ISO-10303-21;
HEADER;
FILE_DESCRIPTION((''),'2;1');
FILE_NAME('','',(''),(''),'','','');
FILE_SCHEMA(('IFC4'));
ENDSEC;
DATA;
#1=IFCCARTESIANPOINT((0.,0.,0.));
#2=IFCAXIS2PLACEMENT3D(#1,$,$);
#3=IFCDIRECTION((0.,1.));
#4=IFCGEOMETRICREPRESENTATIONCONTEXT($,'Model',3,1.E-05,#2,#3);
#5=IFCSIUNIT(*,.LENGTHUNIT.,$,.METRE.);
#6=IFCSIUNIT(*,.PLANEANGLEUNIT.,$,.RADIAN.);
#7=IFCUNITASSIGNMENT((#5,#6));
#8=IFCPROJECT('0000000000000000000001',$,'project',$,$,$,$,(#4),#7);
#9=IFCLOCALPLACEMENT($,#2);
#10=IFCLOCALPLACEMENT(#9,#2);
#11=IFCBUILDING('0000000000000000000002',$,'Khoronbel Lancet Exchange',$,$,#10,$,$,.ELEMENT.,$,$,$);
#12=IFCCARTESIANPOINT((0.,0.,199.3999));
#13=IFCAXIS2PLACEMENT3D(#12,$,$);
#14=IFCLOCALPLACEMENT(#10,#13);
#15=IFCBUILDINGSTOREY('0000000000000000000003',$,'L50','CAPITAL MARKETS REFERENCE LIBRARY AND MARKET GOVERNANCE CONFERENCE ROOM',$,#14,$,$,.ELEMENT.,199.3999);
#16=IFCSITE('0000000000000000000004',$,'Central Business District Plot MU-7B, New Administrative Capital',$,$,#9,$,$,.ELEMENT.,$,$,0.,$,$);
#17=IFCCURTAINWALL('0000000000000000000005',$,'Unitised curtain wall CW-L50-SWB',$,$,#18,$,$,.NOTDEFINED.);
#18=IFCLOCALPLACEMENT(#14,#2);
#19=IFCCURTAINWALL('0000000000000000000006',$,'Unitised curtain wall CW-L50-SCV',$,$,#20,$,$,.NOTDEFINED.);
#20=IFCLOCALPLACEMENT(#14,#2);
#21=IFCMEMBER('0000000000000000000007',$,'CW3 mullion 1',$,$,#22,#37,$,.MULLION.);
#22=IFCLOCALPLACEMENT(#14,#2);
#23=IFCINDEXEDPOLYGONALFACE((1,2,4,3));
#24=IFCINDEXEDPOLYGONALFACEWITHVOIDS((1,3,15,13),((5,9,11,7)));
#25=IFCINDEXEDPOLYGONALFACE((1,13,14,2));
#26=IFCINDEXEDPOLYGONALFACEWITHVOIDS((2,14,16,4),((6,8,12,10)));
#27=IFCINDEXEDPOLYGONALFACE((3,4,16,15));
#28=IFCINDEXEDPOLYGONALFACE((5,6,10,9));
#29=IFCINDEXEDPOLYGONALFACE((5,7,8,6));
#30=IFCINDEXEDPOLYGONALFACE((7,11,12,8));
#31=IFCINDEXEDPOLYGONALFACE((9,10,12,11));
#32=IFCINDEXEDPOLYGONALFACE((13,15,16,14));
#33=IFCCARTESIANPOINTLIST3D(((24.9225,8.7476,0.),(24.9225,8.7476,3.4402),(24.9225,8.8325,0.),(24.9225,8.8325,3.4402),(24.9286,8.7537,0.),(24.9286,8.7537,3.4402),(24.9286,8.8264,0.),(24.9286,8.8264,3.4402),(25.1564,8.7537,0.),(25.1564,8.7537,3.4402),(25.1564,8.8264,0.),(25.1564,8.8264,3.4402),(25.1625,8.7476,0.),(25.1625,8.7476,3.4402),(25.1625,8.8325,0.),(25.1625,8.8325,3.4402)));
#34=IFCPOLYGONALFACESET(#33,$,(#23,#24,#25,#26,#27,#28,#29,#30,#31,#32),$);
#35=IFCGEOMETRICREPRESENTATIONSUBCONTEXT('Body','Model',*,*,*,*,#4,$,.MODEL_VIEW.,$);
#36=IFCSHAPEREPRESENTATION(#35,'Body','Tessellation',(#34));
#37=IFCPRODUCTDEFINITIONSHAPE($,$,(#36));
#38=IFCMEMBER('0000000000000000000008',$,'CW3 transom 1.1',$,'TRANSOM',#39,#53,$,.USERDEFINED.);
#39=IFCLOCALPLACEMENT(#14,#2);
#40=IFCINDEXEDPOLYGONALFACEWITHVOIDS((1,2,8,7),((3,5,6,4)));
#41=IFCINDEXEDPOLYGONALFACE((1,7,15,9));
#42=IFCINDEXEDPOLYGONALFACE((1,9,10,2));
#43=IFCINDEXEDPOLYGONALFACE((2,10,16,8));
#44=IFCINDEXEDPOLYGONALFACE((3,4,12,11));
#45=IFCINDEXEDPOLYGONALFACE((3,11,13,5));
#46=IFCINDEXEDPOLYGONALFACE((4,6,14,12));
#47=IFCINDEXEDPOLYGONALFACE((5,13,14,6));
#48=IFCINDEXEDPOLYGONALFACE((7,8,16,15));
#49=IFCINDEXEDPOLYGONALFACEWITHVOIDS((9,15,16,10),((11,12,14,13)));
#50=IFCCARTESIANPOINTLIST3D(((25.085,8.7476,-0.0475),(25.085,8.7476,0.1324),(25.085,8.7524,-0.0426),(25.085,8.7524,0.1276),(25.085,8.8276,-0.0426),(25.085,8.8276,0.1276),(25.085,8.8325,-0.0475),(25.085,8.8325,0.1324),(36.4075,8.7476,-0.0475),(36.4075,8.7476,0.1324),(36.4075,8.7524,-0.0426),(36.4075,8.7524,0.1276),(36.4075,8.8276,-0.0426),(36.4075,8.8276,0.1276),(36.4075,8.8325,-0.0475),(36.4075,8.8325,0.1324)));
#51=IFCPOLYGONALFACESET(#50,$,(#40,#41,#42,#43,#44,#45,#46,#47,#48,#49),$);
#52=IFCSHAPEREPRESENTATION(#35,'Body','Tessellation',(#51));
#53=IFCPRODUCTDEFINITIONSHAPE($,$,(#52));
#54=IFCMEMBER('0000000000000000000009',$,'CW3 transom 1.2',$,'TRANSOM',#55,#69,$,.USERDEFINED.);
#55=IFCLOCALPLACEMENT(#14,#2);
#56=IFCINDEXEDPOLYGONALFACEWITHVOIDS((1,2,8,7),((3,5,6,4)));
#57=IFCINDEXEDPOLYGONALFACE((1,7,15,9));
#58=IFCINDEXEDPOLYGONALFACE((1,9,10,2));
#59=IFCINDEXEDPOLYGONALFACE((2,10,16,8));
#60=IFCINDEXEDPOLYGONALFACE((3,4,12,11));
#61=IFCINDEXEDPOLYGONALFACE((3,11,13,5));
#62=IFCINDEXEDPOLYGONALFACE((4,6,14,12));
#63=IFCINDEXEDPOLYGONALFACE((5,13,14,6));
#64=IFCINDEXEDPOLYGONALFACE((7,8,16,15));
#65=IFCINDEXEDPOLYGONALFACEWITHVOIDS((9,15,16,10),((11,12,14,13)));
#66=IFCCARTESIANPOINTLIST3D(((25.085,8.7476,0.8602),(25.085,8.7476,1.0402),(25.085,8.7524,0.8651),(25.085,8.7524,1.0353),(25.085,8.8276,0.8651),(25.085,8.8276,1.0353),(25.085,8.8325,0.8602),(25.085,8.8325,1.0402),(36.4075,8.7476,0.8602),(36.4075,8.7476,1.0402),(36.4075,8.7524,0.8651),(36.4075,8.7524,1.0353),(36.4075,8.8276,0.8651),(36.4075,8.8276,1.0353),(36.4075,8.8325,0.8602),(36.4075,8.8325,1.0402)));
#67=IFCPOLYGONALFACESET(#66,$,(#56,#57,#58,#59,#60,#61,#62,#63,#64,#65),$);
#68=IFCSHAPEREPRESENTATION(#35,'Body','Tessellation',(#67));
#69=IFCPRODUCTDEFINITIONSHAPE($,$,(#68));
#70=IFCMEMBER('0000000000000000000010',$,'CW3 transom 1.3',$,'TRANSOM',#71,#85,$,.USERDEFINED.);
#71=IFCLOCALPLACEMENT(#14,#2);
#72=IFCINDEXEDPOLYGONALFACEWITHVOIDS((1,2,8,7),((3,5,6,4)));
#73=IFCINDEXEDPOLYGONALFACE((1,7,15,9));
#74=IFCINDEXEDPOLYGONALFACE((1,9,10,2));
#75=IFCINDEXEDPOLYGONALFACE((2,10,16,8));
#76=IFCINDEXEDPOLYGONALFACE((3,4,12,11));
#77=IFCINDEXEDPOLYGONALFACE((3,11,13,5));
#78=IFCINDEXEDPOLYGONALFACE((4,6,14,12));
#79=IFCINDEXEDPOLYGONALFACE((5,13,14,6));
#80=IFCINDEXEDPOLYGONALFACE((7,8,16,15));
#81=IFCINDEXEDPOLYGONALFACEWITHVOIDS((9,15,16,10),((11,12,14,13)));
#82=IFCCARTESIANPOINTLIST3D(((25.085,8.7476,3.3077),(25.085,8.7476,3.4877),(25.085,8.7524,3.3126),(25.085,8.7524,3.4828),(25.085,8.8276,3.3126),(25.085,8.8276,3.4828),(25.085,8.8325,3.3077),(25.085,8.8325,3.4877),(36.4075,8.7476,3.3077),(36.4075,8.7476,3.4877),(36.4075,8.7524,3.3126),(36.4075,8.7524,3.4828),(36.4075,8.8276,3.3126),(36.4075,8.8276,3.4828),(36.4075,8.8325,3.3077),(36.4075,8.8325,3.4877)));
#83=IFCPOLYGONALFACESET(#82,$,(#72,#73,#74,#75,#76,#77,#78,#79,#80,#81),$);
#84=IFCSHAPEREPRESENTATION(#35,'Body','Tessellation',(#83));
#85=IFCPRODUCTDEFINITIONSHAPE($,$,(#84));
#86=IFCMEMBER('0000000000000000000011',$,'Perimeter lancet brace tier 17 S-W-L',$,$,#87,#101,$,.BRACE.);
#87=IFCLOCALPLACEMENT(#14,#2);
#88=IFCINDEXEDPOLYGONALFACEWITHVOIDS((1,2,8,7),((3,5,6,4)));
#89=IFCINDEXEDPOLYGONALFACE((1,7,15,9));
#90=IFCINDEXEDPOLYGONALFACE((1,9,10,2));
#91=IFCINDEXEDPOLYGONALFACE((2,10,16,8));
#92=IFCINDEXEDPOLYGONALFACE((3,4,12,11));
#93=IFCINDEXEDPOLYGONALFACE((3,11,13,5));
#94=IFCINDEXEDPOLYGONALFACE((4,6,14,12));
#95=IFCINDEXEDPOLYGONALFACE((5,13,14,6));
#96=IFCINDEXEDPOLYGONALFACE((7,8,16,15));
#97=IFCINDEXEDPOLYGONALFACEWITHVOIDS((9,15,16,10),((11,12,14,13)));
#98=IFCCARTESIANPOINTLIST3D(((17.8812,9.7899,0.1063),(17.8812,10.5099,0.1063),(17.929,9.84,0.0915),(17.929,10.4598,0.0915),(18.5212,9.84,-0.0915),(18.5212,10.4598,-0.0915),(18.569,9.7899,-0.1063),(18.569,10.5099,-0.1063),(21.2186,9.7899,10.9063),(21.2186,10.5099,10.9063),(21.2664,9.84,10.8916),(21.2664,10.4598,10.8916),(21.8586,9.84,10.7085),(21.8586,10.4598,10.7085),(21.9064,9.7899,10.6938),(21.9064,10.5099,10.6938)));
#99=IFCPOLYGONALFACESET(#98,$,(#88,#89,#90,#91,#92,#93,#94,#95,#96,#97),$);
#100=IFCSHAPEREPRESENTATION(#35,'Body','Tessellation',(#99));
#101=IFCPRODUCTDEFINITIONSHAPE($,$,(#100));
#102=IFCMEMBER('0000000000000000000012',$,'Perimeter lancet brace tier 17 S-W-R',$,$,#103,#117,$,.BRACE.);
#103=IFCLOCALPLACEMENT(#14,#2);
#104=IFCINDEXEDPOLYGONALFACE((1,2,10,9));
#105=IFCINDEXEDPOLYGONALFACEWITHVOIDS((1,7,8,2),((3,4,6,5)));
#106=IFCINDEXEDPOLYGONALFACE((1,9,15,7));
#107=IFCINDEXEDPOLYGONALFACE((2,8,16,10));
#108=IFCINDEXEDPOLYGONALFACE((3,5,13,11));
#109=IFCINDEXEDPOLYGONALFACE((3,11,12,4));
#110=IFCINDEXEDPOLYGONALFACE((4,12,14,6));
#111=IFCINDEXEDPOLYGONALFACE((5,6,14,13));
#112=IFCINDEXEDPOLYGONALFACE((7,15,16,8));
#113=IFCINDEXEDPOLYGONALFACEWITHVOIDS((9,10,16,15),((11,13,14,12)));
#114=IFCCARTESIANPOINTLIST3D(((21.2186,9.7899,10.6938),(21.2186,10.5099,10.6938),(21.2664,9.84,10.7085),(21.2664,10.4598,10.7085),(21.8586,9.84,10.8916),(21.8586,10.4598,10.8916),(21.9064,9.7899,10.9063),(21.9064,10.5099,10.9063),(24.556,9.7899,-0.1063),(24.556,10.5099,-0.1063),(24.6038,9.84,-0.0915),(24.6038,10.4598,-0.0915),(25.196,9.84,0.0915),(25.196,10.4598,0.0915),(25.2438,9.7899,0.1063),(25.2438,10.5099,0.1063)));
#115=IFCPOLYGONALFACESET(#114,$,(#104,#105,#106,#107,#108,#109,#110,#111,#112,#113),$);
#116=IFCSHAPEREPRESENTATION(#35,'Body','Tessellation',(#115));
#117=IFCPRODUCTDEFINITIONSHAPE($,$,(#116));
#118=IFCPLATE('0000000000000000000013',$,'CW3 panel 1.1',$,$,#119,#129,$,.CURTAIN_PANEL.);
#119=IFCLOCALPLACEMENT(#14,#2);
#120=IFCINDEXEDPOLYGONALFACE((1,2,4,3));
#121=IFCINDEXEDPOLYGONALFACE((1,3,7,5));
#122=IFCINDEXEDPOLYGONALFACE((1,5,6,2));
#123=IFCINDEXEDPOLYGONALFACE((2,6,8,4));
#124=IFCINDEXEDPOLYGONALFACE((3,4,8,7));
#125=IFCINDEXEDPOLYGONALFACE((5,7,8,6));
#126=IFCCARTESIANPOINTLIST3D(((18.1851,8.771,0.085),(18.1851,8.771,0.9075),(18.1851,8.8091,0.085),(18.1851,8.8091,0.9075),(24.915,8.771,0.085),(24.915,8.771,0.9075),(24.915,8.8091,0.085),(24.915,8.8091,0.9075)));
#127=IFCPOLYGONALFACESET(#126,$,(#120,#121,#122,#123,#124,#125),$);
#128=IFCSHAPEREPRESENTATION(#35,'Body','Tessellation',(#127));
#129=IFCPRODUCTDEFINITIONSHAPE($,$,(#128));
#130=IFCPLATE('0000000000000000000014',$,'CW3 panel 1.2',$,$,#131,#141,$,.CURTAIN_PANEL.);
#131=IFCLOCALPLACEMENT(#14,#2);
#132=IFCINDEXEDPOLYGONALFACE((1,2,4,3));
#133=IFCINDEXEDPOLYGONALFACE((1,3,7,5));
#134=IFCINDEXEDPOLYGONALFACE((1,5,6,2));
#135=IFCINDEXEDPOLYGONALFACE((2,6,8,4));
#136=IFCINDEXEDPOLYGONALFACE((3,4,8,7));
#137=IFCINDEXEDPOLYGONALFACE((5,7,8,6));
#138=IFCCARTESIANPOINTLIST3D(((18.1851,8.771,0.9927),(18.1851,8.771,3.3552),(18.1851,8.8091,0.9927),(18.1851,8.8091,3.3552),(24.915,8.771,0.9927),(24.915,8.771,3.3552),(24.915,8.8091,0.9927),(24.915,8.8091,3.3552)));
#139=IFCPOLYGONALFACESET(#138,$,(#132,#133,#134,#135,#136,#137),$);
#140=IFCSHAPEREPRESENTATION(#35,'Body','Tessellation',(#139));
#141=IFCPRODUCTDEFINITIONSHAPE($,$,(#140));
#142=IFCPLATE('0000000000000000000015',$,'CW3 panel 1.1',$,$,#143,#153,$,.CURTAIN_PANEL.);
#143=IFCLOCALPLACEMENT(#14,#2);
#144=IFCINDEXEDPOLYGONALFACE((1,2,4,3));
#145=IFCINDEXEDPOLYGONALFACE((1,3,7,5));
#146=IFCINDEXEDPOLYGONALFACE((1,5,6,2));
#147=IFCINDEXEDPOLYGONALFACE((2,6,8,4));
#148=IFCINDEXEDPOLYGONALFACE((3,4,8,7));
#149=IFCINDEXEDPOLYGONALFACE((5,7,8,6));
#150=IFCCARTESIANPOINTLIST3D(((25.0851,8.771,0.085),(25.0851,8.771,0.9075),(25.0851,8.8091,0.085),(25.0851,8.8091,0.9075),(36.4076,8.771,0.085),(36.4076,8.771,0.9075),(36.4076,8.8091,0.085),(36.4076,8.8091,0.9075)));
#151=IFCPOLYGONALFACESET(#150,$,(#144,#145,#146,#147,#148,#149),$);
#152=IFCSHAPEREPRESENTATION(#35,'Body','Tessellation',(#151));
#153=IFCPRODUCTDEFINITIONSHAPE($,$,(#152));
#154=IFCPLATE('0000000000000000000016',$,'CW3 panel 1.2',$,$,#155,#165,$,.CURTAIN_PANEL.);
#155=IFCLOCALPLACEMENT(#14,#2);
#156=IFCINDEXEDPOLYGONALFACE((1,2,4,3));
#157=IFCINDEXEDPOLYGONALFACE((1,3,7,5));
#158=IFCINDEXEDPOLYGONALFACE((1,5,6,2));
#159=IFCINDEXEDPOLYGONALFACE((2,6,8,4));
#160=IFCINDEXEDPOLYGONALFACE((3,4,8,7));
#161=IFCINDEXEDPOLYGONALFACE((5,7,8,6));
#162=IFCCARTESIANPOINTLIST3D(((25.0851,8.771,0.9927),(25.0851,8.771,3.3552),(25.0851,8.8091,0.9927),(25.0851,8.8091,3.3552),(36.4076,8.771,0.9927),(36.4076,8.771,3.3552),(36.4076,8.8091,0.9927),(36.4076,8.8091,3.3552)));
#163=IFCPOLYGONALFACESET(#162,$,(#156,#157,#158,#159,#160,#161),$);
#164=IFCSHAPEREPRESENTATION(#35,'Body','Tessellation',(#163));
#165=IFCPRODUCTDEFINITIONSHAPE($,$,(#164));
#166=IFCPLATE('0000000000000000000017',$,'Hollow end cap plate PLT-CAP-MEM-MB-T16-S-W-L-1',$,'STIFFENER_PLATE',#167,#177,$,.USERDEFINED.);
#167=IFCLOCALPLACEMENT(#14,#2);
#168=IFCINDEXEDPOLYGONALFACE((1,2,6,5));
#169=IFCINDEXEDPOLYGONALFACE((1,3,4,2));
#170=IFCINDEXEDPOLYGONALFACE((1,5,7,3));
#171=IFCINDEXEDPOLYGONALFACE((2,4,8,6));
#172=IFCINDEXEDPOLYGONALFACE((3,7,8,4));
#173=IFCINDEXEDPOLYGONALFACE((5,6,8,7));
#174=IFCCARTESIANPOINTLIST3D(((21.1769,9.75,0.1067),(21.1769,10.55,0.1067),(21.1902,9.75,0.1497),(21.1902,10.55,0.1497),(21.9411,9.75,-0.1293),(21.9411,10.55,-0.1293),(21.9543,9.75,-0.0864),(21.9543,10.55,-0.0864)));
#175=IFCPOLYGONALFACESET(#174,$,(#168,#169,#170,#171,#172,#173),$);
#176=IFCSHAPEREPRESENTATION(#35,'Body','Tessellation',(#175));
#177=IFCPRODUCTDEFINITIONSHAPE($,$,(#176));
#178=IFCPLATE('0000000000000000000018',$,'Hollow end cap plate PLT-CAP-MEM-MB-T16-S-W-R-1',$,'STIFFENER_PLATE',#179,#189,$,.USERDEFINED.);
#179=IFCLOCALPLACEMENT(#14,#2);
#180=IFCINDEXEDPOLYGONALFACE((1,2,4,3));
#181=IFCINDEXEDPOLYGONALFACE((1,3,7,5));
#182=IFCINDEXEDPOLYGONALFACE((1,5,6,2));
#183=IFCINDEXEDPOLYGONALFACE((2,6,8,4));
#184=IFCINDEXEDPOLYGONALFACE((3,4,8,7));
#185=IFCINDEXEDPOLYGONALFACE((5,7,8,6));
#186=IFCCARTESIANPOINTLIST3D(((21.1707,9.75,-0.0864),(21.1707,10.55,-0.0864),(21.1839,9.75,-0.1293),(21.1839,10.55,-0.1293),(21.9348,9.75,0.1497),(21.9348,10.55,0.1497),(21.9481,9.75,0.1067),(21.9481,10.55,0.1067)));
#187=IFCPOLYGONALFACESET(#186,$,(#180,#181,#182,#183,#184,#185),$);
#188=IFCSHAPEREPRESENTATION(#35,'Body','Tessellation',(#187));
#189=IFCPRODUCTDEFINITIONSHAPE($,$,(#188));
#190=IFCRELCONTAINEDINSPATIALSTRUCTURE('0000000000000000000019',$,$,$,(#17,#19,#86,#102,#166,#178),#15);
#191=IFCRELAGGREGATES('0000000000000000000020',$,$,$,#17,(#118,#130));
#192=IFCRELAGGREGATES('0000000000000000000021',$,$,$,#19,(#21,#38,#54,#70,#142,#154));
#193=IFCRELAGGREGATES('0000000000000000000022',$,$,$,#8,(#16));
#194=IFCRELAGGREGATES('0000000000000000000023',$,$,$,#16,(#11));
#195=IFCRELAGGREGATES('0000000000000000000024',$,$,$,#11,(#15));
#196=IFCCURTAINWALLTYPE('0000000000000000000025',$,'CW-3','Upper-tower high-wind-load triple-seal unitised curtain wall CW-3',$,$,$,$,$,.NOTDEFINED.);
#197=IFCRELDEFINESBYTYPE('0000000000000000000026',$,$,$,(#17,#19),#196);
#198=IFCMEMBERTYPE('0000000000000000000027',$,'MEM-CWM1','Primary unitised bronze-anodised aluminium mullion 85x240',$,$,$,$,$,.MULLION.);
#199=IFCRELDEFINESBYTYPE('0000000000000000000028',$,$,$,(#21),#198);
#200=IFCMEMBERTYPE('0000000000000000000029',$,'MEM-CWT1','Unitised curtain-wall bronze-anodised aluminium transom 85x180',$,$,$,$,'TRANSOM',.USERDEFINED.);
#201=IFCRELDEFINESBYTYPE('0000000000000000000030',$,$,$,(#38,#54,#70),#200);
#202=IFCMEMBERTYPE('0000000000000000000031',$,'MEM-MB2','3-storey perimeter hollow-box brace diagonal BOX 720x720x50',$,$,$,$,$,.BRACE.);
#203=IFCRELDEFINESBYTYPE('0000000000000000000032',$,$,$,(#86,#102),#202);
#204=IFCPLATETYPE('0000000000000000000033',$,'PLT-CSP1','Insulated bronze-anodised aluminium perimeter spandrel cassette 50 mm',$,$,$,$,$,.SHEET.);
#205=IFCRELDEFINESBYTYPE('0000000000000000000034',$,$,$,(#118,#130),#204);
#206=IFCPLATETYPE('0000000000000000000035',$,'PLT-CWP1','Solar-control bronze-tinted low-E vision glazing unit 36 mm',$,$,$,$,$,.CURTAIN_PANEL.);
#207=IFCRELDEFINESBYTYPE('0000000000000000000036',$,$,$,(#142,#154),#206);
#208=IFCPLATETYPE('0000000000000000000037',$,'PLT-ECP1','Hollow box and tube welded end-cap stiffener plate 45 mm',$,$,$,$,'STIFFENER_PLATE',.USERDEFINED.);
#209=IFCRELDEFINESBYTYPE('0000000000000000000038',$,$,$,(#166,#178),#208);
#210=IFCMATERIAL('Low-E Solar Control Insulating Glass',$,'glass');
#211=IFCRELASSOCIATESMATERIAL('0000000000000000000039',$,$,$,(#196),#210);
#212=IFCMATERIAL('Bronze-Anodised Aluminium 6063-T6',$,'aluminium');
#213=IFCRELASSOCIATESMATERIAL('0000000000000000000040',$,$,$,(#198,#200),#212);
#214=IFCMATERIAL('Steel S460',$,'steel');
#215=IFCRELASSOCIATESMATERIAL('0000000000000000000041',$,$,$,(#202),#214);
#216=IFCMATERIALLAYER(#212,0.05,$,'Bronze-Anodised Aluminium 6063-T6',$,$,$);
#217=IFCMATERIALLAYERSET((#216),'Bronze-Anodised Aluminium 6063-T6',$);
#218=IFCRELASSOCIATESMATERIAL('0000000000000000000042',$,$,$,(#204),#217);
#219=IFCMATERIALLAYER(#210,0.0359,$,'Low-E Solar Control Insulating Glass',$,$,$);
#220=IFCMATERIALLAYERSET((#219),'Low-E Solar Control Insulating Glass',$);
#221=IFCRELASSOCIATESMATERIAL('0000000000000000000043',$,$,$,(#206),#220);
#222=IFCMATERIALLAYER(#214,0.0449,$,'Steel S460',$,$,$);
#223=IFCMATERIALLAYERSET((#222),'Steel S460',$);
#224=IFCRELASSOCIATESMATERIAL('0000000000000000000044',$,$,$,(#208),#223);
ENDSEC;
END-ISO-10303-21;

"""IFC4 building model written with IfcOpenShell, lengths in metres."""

from ifc_helpers import new_model, si_unit, direction, frame, origin, origin_2d, place, context, subcontext, project, spatial, polyline, rectangle, hollow_rectangle, outline, extrude, material, layer, layer_set, material_profile, profile_set, type_object, element, aggregate, save


model = new_model("IFC4")

# Units and contexts
model_context = context("Model", 3, precision=1e-05, world=origin(), true_north=direction((0.0, 1.0)))
body_context = subcontext(model_context, "Body", "Model", "MODEL_VIEW")
ifc_project = project(units=[si_unit("LENGTHUNIT", "METRE"), si_unit("PLANEANGLEUNIT", "RADIAN")], contexts=[model_context])

# Site, building, storey
site_placement = place(None, origin())
site = spatial("IfcSite", under=ifc_project, at=site_placement, Name="Central Business District Plot MU-7B, New Administrative Capital", CompositionType="ELEMENT", RefElevation=0.0)
building_placement = place(site_placement, origin())
building = spatial("IfcBuilding", under=site, at=building_placement, Name="Khoronbel Lancet Exchange", CompositionType="ELEMENT")
storey_placement = place(building_placement, frame((0.0, 0.0, 199.3999)))
storey = spatial("IfcBuildingStorey", under=building, at=storey_placement, Name="L50", Description="CAPITAL MARKETS REFERENCE LIBRARY AND MARKET GOVERNANCE CONFERENCE ROOM", CompositionType="ELEMENT", Elevation=199.3999)

# Shared definitions
ifc_material_1 = material(Name="Steel S460", Category="steel")

# Curtain wall
ifc_material_2 = material(Name="Low-E Solar Control Insulating Glass", Category="glass")
curtain_wall_type = type_object("IfcCurtainWallType", Name="CW-3", Description="Upper-tower high-wind-load triple-seal unitised curtain wall CW-3", PredefinedType="NOTDEFINED", material=ifc_material_2)
curtain_wall_1_placement = place(storey_placement, origin())
curtain_wall_1 = element("IfcCurtainWall", 1, at=curtain_wall_1_placement, inside=storey, type_object=curtain_wall_type, Name="Unitised curtain wall CW-L50-SWB", PredefinedType="NOTDEFINED")
ifc_material_3 = material(Name="Bronze-Anodised Aluminium 6063-T6", Category="aluminium")
ifc_material_profile_1 = material_profile(ifc_material_3, hollow_rectangle(XDim=0.085, YDim=0.24, WallThickness=0.0061, at=origin_2d()), Name="ALU MULLION 85x240")
ifc_profile_set_1 = profile_set([ifc_material_profile_1], Name="Bronze-Anodised Aluminium 6063-T6")
member_type_1 = type_object("IfcMemberType", Name="MEM-CWM1", Description="Primary unitised bronze-anodised aluminium mullion 85x240", PredefinedType="MULLION", material=ifc_profile_set_1)

# Curtain wall, members
curtain_wall_2_placement = place(storey_placement, origin())
curtain_wall_2 = element("IfcCurtainWall", 2, at=curtain_wall_2_placement, inside=storey, type_object=curtain_wall_type, Name="Unitised curtain wall CW-L50-SCV", PredefinedType="NOTDEFINED")
member_1_placement = place(storey_placement, frame((25.0425, 8.79, 0.0), z_axis=(0.0, 0.0, 1.0), x_axis=(0.0, 1.0, 0.0)))
member_1 = element("IfcMember", 3, at=member_1_placement, type_object=member_type_1, Name="CW3 mullion 1", PredefinedType="MULLION", context=body_context, shape_type="SweptSolid", body=[
    extrude(hollow_rectangle(XDim=0.085, YDim=0.24, WallThickness=0.0061, at=origin_2d()), origin(), (0.0, 0.0, 1.0), 3.4402),
])
ifc_material_profile_2 = material_profile(ifc_material_3, hollow_rectangle(XDim=0.085, YDim=0.1799, WallThickness=0.0049, at=origin_2d()), Name="ALU TRANSOM 85x180")
ifc_profile_set_2 = profile_set([ifc_material_profile_2], Name="Bronze-Anodised Aluminium 6063-T6")
member_type_2 = type_object("IfcMemberType", Name="MEM-CWT1", Description="Unitised curtain-wall bronze-anodised aluminium transom 85x180", ElementType="TRANSOM", PredefinedType="USERDEFINED", material=ifc_profile_set_2)
member_2_placement = place(storey_placement, frame((25.085, 8.79, 0.0425), z_axis=(1.0, 0.0, 0.0), x_axis=(0.0, 1.0, 0.0)))
member_2 = element("IfcMember", 4, at=member_2_placement, type_object=member_type_2, Name="CW3 transom 1.1", ObjectType="TRANSOM", PredefinedType="USERDEFINED", context=body_context, shape_type="SweptSolid", body=[
    extrude(hollow_rectangle(XDim=0.085, YDim=0.1799, WallThickness=0.0049, at=origin_2d()), origin(), (0.0, 0.0, 1.0), 11.3225),
])
member_3_placement = place(storey_placement, frame((25.085, 8.79, 0.9502), z_axis=(1.0, 0.0, 0.0), x_axis=(0.0, 1.0, 0.0)))
member_3 = element("IfcMember", 5, at=member_3_placement, type_object=member_type_2, Name="CW3 transom 1.2", ObjectType="TRANSOM", PredefinedType="USERDEFINED", context=body_context, shape_type="SweptSolid", body=[
    extrude(hollow_rectangle(XDim=0.085, YDim=0.1799, WallThickness=0.0049, at=origin_2d()), origin(), (0.0, 0.0, 1.0), 11.3225),
])
member_4_placement = place(storey_placement, frame((25.085, 8.79, 3.3977), z_axis=(1.0, 0.0, 0.0), x_axis=(0.0, 1.0, 0.0)))
member_4 = element("IfcMember", 6, at=member_4_placement, type_object=member_type_2, Name="CW3 transom 1.3", ObjectType="TRANSOM", PredefinedType="USERDEFINED", context=body_context, shape_type="SweptSolid", body=[
    extrude(hollow_rectangle(XDim=0.085, YDim=0.1799, WallThickness=0.0049, at=origin_2d()), origin(), (0.0, 0.0, 1.0), 11.3225),
])

# Members
ifc_material_profile_3 = material_profile(ifc_material_1, hollow_rectangle(XDim=0.72, YDim=0.72, WallThickness=0.05, at=origin_2d()), Name="BOX 720x720x50")
ifc_profile_set_3 = profile_set([ifc_material_profile_3], Name="Steel S460")
member_type_3 = type_object("IfcMemberType", Name="MEM-MB2", Description="3-storey perimeter hollow-box brace diagonal BOX 720x720x50", PredefinedType="BRACE", material=ifc_profile_set_3)
for number, where, z_axis, x_axis, name in (
    (7, (18.2251, 10.1499, 0.0), (0.295242, 0.0, 0.955422), (0.0, 1.0, 0.0), "Perimeter lancet brace tier 17 S-W-L"),
    (8, (24.8999, 10.1499, 0.0), (-0.295242, 0.0, 0.955422), (0.0, -1.0, 0.0), "Perimeter lancet brace tier 17 S-W-R"),
):
    element("IfcMember", number, at=place(storey_placement, frame(where, z_axis=z_axis, x_axis=x_axis)), inside=storey, type_object=member_type_3, Name=name, PredefinedType="BRACE", context=body_context, shape_type="SweptSolid", body=[
        extrude(hollow_rectangle(XDim=0.72, YDim=0.72, WallThickness=0.05, at=origin_2d()), origin(), (0.0, 0.0, 1.0), 11.304),
    ])

# Plates
ifc_layer_1 = layer(ifc_material_3, 0.05, Name="Bronze-Anodised Aluminium 6063-T6")
ifc_layer_set_1 = layer_set([ifc_layer_1], Name="Bronze-Anodised Aluminium 6063-T6")
plate_type_1 = type_object("IfcPlateType", Name="PLT-CSP1", Description="Insulated bronze-anodised aluminium perimeter spandrel cassette 50 mm", PredefinedType="SHEET", material=ifc_layer_set_1)
plate_1_placement = place(storey_placement, frame((21.55, 8.79, 0.085), z_axis=(0.0, 0.0, 1.0), x_axis=(1.0, 0.0, 0.0)))
plate_1 = element("IfcPlate", 9, at=plate_1_placement, type_object=plate_type_1, Name="CW3 panel 1.1", PredefinedType="CURTAIN_PANEL", context=body_context, shape_type="SweptSolid", body=[
    extrude(rectangle(XDim=6.73, YDim=0.0381, at=origin_2d()), origin(), (0.0, 0.0, 1.0), 0.8225),
])
plate_2_placement = place(storey_placement, frame((21.55, 8.79, 0.9927), z_axis=(0.0, 0.0, 1.0), x_axis=(1.0, 0.0, 0.0)))
plate_2 = element("IfcPlate", 10, at=plate_2_placement, type_object=plate_type_1, Name="CW3 panel 1.2", PredefinedType="CURTAIN_PANEL", context=body_context, shape_type="SweptSolid", body=[
    extrude(rectangle(XDim=6.73, YDim=0.0381, at=origin_2d()), origin(), (0.0, 0.0, 1.0), 2.3625),
])
aggregate(curtain_wall_1, [plate_1, plate_2])
ifc_layer_2 = layer(ifc_material_2, 0.0359, Name="Low-E Solar Control Insulating Glass")
ifc_layer_set_2 = layer_set([ifc_layer_2], Name="Low-E Solar Control Insulating Glass")
plate_type_2 = type_object("IfcPlateType", Name="PLT-CWP1", Description="Solar-control bronze-tinted low-E vision glazing unit 36 mm", PredefinedType="CURTAIN_PANEL", material=ifc_layer_set_2)
plate_3_placement = place(storey_placement, frame((30.7463, 8.79, 0.085), z_axis=(0.0, 0.0, 1.0), x_axis=(1.0, 0.0, 0.0)))
plate_3 = element("IfcPlate", 11, at=plate_3_placement, type_object=plate_type_2, Name="CW3 panel 1.1", PredefinedType="CURTAIN_PANEL", context=body_context, shape_type="SweptSolid", body=[
    extrude(rectangle(XDim=11.3225, YDim=0.0381, at=origin_2d()), origin(), (0.0, 0.0, 1.0), 0.8225),
])
plate_4_placement = place(storey_placement, frame((30.7463, 8.79, 0.9927), z_axis=(0.0, 0.0, 1.0), x_axis=(1.0, 0.0, 0.0)))
plate_4 = element("IfcPlate", 12, at=plate_4_placement, type_object=plate_type_2, Name="CW3 panel 1.2", PredefinedType="CURTAIN_PANEL", context=body_context, shape_type="SweptSolid", body=[
    extrude(rectangle(XDim=11.3225, YDim=0.0381, at=origin_2d()), origin(), (0.0, 0.0, 1.0), 2.3625),
])
aggregate(curtain_wall_2, [member_1, member_2, member_3, member_4, plate_3, plate_4])

# Plates
ifc_layer_3 = layer(ifc_material_1, 0.0449, Name="Steel S460")
ifc_layer_set_3 = layer_set([ifc_layer_3], Name="Steel S460")
plate_type_3 = type_object("IfcPlateType", Name="PLT-ECP1", Description="Hollow box and tube welded end-cap stiffener plate 45 mm", ElementType="STIFFENER_PLATE", PredefinedType="USERDEFINED", material=ifc_layer_set_3)
for number, where, z_axis, x_axis, name in (
    (13, (21.9543, 9.75, -0.0864), (0.29518, 0.0, 0.955442), (0.0, 1.0, 0.0), "Hollow end cap plate PLT-CAP-MEM-MB-T16-S-W-L-1"),
    (14, (21.1707, 10.55, -0.0864), (-0.29518, 0.0, 0.955442), (0.0, -1.0, 0.0), "Hollow end cap plate PLT-CAP-MEM-MB-T16-S-W-R-1"),
):
    element("IfcPlate", number, at=place(storey_placement, frame(where, z_axis=z_axis, x_axis=x_axis)), inside=storey, type_object=plate_type_3, Name=name, ObjectType="STIFFENER_PLATE", PredefinedType="USERDEFINED", context=body_context, shape_type="SweptSolid", body=[
        extrude(outline(polyline([(0.0, 0.0), (0.8, 0.0), (0.8, 0.7998), (0.0, 0.7998), (0.0, 0.0)])), origin(), (0.0, 0.0, -1.0), 0.0449),
    ])

save(model, "model.ifc")
